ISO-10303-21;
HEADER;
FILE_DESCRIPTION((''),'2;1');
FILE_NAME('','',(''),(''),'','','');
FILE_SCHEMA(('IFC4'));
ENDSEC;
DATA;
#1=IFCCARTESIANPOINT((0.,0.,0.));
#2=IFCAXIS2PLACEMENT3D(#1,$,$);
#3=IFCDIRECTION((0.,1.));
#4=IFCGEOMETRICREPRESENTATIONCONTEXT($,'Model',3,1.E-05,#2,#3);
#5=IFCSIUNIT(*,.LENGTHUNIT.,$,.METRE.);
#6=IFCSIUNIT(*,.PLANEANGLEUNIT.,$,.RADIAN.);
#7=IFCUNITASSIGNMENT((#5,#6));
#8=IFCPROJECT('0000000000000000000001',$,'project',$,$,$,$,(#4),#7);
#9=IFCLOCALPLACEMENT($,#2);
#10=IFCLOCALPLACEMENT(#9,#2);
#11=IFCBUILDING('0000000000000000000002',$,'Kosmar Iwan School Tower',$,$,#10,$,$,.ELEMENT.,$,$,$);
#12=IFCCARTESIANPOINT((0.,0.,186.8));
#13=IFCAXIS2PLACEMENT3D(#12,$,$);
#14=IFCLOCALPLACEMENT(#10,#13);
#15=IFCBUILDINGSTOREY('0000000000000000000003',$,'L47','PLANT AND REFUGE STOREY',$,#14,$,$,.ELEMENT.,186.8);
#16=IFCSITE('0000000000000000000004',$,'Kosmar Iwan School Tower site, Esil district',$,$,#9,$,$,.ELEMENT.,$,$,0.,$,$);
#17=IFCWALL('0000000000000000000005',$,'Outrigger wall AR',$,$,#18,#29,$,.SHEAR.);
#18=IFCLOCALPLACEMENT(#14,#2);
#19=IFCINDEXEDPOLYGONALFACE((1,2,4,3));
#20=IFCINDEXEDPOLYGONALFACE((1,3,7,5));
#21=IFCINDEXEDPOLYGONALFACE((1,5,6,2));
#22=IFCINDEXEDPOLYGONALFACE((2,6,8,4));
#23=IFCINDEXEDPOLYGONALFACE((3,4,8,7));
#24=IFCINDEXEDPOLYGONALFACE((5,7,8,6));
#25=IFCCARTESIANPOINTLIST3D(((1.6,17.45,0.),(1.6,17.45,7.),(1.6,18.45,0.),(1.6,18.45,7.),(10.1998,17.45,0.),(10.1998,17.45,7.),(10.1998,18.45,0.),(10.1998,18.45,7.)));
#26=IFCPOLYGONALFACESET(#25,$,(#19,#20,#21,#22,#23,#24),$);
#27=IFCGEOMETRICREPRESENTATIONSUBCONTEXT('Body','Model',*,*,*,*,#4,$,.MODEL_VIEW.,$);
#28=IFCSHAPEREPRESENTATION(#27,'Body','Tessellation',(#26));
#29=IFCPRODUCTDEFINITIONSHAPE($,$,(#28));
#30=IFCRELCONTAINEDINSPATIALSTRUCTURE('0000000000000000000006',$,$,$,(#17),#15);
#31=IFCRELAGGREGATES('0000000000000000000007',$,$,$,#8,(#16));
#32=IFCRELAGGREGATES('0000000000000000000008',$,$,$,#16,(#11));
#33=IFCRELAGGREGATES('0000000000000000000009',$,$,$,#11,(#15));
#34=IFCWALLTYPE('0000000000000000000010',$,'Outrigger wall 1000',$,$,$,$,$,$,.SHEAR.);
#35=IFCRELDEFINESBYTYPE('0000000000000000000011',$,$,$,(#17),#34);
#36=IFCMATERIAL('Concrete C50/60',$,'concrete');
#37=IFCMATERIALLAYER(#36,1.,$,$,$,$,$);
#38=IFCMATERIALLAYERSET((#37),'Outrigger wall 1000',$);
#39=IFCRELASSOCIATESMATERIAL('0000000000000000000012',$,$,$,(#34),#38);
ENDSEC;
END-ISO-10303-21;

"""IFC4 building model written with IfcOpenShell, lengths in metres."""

from ifc_helpers import new_model, si_unit, direction, frame, frame_2d, origin, place, context, subcontext, project, spatial, rectangle, extrude, material, layer, layer_set, type_object, element, save


model = new_model("IFC4")

# Units and contexts
model_context = context("Model", 3, precision=1e-05, world=origin(), true_north=direction((0.0, 1.0)))
body_context = subcontext(model_context, "Body", "Model", "MODEL_VIEW")
ifc_project = project(units=[si_unit("LENGTHUNIT", "METRE"), si_unit("PLANEANGLEUNIT", "RADIAN")], contexts=[model_context])

# Site, building, storey
site_placement = place(None, origin())
site = spatial("IfcSite", under=ifc_project, at=site_placement, Name="Kosmar Iwan School Tower site, Esil district", CompositionType="ELEMENT", RefElevation=0.0)
building_placement = place(site_placement, origin())
building = spatial("IfcBuilding", under=site, at=building_placement, Name="Kosmar Iwan School Tower", CompositionType="ELEMENT")
storey_placement = place(building_placement, frame((0.0, 0.0, 186.8)))
storey = spatial("IfcBuildingStorey", under=building, at=storey_placement, Name="L47", Description="PLANT AND REFUGE STOREY", CompositionType="ELEMENT", Elevation=186.8)

# Wall
ifc_material_1 = material(Name="Concrete C50/60", Category="concrete")
ifc_layer_1 = layer(ifc_material_1, 1.0)
ifc_layer_set_1 = layer_set([ifc_layer_1], Name="Outrigger wall 1000")
wall_type_1 = type_object("IfcWallType", Name="Outrigger wall 1000", PredefinedType="SHEAR", material=ifc_layer_set_1)
wall_1_placement = place(storey_placement, frame((1.6001, 17.95, 0.0), z_axis=(0.0, 0.0, 1.0), x_axis=(1.0, 0.0, 0.0)))
element("IfcWall", 1, at=wall_1_placement, inside=storey, type_object=wall_type_1, Name="Outrigger wall AR", PredefinedType="SHEAR", context=body_context, shape_type="SweptSolid", body=[
    extrude(rectangle(XDim=8.5999, YDim=1.0, at=frame_2d((4.2998, 0.0))), origin(), (0.0, 0.0, 1.0), 7.0),
])

save(model, "model.ifc")
